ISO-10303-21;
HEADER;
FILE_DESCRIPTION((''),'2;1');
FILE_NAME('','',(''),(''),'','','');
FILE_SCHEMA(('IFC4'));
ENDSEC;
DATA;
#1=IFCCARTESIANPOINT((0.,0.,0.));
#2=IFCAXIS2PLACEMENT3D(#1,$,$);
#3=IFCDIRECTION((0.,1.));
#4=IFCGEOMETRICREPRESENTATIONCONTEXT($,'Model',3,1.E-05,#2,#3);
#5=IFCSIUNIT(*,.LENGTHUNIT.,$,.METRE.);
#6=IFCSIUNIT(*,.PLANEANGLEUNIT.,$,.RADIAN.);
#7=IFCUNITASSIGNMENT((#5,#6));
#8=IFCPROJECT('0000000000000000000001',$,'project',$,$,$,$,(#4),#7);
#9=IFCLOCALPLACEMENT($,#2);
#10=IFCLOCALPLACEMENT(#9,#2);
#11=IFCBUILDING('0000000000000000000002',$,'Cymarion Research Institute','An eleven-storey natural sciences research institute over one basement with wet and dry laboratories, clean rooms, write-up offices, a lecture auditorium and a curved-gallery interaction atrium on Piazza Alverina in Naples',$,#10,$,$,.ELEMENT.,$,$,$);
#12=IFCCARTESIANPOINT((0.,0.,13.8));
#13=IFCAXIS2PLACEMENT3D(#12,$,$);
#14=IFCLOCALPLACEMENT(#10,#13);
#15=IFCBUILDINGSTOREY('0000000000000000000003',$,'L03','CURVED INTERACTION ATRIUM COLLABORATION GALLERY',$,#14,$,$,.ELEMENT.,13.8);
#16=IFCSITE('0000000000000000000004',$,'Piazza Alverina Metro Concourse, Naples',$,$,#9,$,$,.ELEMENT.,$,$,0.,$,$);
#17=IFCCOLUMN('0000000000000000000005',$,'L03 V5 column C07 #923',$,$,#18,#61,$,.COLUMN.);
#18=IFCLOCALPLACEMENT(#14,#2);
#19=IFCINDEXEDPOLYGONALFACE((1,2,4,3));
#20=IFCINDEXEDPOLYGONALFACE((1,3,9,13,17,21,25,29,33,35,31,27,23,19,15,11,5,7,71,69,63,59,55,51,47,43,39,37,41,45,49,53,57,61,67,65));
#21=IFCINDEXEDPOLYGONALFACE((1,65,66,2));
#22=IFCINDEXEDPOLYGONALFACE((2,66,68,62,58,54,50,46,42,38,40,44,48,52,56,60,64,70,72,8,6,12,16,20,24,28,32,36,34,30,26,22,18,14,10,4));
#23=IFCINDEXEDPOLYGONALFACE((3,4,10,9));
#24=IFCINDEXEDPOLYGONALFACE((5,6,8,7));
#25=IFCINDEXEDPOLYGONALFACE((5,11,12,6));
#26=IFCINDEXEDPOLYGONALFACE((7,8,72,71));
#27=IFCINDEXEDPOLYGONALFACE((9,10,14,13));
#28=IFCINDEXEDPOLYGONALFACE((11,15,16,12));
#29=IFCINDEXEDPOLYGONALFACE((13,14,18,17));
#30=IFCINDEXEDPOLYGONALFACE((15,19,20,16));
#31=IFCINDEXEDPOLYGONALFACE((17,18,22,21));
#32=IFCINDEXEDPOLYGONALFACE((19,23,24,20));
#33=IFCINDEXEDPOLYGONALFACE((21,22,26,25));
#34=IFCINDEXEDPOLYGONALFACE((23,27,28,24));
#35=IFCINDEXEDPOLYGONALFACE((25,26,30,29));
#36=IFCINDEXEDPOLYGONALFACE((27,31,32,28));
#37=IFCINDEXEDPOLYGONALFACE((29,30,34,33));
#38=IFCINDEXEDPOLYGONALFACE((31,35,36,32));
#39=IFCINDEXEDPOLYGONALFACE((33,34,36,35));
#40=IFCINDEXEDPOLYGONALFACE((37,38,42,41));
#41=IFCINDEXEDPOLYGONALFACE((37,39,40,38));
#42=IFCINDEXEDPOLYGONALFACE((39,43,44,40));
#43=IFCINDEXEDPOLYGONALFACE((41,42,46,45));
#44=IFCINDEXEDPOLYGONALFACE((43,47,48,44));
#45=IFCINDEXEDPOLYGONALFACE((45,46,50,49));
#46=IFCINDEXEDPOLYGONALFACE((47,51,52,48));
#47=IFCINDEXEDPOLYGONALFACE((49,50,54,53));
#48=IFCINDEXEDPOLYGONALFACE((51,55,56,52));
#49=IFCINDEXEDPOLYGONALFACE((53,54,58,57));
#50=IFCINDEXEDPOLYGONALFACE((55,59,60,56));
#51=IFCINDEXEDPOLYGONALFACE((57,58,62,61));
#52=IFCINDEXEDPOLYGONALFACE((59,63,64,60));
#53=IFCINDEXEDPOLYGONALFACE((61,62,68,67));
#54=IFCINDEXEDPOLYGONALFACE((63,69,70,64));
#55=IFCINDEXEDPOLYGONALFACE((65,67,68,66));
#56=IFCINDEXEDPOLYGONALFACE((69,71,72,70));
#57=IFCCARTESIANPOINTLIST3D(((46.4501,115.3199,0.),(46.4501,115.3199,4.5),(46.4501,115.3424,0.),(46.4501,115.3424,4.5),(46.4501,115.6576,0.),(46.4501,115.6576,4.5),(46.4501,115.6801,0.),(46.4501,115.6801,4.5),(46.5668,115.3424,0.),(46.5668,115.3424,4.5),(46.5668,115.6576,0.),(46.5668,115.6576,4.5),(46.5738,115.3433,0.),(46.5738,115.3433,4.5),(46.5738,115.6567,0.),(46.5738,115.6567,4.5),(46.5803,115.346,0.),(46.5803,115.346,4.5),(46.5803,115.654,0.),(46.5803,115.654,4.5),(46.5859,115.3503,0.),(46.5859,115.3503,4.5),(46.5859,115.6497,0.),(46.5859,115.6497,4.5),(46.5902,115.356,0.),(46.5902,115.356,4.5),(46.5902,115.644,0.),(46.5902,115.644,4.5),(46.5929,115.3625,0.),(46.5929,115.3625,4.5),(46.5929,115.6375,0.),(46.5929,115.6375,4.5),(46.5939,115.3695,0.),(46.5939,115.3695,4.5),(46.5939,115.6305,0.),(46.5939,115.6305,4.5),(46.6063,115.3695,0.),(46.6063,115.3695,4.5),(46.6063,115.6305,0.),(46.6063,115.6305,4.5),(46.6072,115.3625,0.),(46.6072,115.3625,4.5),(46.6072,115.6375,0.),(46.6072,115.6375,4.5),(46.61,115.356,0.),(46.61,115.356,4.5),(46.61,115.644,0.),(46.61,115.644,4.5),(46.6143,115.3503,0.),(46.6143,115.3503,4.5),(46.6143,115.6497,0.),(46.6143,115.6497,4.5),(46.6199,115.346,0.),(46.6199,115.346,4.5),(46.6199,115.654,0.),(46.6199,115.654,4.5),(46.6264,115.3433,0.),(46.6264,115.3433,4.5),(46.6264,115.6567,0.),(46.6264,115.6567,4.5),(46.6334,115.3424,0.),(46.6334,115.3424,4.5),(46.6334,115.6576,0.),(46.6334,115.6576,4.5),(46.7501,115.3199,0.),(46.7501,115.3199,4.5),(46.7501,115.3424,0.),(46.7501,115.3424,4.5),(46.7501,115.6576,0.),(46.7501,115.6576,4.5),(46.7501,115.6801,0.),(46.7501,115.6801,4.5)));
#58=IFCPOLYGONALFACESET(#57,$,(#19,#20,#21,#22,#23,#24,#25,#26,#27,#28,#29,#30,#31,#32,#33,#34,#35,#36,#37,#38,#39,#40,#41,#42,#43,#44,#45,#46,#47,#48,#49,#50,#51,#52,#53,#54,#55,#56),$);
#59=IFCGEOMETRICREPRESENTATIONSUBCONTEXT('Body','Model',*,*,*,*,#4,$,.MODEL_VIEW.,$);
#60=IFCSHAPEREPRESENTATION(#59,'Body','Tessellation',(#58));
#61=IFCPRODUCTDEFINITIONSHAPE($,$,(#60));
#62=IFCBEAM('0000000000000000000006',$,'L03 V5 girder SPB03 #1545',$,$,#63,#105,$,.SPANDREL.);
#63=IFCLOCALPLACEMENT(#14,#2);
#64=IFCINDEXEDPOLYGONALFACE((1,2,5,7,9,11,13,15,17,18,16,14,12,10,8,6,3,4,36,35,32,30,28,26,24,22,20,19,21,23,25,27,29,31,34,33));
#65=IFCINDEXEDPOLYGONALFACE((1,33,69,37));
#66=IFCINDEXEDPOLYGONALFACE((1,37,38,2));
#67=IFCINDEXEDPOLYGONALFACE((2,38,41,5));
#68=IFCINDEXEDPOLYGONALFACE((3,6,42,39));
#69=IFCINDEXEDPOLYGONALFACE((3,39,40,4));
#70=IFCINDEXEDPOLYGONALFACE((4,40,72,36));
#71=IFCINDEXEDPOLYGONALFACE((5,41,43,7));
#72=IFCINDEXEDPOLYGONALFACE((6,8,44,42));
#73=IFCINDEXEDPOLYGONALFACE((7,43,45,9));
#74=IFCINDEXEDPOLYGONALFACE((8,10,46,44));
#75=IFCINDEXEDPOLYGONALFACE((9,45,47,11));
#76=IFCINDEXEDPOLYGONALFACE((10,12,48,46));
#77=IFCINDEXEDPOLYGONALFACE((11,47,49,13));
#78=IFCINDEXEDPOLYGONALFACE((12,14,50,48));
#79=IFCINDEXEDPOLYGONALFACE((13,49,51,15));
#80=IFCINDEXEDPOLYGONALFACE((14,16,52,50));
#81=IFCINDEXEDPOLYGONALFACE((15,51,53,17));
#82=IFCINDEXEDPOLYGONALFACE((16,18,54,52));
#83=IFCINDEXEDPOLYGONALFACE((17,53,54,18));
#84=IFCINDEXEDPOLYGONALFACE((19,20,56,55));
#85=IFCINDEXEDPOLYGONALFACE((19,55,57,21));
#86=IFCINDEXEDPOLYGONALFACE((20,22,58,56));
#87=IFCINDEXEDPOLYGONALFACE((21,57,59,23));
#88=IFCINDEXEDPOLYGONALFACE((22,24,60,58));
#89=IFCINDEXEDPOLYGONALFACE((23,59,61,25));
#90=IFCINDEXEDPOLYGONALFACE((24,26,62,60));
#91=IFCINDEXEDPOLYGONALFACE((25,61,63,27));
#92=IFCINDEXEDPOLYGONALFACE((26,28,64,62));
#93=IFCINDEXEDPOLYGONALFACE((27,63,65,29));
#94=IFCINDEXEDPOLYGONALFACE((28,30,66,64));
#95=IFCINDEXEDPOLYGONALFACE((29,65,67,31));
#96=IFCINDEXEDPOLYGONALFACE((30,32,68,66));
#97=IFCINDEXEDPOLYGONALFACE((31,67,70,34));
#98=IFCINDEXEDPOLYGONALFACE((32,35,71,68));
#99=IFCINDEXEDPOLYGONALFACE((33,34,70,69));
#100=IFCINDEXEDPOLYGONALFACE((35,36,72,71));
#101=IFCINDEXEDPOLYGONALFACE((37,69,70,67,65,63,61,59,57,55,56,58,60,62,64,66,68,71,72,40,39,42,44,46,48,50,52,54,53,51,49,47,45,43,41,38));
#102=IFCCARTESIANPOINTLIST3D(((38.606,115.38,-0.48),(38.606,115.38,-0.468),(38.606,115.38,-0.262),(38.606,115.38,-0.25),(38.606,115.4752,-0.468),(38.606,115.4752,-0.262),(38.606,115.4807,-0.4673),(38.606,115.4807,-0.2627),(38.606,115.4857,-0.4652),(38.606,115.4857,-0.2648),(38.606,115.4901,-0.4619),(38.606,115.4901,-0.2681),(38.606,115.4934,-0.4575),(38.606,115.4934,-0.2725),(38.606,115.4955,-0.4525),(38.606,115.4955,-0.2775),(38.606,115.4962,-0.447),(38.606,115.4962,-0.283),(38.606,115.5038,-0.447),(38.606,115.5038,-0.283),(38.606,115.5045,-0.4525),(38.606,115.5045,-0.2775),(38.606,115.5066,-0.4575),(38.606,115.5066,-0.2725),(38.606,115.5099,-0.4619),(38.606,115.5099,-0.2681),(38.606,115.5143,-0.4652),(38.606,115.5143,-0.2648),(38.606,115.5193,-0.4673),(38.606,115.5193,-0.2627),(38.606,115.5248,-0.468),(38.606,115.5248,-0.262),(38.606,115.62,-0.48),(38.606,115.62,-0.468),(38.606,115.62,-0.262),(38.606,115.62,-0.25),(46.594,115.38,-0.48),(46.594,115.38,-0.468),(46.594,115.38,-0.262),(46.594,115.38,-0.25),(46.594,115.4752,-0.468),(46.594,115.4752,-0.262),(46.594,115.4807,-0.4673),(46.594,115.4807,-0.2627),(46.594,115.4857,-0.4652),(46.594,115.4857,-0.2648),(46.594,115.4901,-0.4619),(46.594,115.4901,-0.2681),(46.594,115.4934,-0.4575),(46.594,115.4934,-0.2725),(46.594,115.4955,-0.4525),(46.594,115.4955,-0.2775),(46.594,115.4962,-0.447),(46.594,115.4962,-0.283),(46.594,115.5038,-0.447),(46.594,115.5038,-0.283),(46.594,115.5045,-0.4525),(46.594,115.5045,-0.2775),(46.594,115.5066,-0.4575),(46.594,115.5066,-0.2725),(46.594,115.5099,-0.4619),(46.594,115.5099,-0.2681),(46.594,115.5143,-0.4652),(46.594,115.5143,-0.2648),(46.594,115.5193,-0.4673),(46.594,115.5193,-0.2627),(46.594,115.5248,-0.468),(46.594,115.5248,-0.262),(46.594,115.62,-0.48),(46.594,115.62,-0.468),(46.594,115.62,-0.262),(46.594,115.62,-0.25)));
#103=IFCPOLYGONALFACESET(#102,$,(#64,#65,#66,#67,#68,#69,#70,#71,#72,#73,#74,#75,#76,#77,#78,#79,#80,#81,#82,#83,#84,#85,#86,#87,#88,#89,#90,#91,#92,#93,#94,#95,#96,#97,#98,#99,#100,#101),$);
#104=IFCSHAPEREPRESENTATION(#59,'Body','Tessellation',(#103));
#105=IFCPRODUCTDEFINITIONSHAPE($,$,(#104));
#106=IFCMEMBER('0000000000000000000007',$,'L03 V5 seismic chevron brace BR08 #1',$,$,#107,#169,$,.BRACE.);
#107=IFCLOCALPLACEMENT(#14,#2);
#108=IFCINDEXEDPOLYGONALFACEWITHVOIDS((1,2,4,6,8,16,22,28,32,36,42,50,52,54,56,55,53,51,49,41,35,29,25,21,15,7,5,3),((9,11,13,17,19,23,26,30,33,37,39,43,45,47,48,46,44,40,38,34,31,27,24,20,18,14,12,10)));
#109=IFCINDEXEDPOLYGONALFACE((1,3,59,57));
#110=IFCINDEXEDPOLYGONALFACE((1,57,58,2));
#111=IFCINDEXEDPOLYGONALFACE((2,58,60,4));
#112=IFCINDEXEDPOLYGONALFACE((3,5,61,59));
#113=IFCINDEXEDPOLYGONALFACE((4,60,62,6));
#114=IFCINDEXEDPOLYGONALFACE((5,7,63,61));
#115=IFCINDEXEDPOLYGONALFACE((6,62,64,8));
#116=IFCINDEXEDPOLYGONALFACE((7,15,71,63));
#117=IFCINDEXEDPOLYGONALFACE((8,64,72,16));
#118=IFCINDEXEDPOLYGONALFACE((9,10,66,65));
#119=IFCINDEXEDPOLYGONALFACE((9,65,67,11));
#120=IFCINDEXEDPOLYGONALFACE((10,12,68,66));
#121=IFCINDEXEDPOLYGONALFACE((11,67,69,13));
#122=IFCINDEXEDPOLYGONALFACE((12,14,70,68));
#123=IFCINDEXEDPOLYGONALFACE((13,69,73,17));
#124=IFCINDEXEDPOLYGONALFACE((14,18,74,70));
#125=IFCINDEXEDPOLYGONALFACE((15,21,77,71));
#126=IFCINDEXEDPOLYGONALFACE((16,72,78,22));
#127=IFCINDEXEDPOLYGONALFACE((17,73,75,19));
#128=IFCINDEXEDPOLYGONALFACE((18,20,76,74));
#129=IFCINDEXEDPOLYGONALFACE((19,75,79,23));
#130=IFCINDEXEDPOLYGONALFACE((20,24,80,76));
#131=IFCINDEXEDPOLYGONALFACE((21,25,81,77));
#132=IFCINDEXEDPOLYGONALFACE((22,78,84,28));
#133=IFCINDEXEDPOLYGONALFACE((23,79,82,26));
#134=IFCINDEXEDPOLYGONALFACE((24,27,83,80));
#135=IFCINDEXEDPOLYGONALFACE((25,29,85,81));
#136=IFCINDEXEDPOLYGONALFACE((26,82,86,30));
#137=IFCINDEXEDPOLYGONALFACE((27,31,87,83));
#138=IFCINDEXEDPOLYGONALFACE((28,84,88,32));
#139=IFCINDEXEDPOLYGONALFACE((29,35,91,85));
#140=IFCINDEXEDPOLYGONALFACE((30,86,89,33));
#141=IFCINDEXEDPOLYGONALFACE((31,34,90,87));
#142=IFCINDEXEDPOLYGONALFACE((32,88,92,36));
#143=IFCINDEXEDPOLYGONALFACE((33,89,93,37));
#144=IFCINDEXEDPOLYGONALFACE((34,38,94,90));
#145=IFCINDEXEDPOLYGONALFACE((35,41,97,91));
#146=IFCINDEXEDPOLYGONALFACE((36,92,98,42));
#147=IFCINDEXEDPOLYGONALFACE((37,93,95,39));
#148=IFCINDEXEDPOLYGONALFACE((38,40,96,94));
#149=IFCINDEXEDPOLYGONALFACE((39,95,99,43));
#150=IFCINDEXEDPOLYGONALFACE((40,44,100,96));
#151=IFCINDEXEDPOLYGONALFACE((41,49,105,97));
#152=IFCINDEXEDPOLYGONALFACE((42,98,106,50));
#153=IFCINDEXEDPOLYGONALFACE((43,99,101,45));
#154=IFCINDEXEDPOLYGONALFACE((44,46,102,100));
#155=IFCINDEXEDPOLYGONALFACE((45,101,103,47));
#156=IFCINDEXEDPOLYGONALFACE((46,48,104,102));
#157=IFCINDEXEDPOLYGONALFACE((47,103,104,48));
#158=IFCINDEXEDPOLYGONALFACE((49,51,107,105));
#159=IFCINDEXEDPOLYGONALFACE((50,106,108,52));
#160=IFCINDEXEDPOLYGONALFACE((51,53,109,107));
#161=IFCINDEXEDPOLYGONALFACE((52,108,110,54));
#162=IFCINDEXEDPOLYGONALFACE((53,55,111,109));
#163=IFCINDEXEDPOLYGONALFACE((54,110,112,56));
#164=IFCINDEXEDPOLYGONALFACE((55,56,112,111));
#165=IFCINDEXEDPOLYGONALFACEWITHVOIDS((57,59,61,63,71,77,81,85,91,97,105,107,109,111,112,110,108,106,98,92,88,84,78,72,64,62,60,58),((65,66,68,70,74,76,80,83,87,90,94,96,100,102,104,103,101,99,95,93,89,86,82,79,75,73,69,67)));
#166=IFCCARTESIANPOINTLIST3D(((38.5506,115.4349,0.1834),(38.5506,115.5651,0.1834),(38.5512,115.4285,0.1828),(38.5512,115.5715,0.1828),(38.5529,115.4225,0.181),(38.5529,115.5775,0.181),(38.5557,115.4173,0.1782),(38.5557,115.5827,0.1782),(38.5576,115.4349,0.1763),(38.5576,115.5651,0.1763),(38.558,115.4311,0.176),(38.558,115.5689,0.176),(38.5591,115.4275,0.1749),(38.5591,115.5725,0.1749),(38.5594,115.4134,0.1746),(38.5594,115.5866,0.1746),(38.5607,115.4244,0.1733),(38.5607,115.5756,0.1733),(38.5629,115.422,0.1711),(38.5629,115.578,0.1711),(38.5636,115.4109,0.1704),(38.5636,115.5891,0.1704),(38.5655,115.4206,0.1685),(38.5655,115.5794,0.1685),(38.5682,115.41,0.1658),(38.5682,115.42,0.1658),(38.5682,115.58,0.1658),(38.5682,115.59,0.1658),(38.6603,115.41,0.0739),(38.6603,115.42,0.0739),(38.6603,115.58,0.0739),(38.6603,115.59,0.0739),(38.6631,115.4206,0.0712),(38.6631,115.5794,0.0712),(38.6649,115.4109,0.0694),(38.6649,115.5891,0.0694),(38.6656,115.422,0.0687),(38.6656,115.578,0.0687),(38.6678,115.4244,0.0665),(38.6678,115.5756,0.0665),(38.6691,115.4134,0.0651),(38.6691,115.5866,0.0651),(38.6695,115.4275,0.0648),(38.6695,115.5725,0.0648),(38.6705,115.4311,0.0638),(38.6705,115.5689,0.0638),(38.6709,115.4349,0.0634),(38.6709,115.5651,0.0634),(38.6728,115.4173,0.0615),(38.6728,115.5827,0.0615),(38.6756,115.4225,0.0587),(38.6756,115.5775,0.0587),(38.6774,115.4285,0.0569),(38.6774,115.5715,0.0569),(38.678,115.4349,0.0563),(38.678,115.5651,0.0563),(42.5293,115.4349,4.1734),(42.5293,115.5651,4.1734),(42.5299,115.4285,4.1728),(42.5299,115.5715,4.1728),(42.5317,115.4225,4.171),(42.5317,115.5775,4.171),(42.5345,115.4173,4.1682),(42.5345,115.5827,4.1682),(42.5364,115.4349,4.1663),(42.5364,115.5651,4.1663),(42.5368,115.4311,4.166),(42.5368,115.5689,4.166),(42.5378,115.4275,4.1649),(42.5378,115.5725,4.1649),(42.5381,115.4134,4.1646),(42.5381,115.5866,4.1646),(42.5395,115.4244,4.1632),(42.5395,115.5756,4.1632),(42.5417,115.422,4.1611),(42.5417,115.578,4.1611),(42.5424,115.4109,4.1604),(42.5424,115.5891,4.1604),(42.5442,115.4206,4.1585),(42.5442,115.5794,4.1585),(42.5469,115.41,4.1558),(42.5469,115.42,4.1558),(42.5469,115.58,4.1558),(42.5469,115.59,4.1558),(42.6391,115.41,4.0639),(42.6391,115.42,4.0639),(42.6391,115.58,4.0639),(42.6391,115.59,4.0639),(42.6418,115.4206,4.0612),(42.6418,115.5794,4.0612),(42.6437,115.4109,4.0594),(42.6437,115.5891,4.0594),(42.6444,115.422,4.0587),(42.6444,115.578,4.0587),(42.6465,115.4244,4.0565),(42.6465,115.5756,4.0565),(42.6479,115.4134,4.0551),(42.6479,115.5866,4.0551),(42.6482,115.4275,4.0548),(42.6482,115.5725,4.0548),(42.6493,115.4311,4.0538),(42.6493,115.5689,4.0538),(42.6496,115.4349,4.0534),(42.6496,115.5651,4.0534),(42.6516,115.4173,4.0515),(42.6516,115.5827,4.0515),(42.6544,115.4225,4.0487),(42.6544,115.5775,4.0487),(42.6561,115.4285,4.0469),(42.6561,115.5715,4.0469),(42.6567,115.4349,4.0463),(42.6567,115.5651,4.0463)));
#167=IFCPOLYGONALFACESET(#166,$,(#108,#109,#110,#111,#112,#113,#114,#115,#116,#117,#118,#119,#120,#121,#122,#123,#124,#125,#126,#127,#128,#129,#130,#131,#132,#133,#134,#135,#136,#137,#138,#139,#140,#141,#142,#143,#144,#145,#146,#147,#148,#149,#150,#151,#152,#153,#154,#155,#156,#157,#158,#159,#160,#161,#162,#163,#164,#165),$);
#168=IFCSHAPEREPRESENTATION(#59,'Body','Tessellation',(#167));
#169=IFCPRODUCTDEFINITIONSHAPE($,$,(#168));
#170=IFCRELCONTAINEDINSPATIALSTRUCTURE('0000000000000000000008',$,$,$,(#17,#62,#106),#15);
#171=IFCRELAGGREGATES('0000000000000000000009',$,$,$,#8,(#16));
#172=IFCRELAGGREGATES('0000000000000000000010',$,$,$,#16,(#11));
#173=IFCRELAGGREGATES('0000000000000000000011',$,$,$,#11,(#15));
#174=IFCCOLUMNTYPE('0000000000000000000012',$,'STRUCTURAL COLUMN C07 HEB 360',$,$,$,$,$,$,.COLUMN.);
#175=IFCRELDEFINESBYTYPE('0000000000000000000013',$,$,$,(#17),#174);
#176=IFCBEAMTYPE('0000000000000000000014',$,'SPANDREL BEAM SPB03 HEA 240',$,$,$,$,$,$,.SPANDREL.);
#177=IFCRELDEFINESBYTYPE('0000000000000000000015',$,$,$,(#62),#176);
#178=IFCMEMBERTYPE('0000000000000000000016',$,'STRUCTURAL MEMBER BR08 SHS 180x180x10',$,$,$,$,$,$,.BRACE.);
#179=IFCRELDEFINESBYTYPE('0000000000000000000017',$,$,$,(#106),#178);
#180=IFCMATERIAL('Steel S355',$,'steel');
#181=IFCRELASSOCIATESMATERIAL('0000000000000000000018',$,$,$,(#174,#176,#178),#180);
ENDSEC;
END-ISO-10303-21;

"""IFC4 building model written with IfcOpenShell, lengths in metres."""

from ifc_helpers import new_model, si_unit, direction, frame, origin, origin_2d, place, context, subcontext, project, spatial, hollow_rectangle, i_section, extrude, material, material_profile, profile_set, type_object, element, save


model = new_model("IFC4")

# Units and contexts
model_context = context("Model", 3, precision=1e-05, world=origin(), true_north=direction((0.0, 1.0)))
body_context = subcontext(model_context, "Body", "Model", "MODEL_VIEW")
ifc_project = project(units=[si_unit("LENGTHUNIT", "METRE"), si_unit("PLANEANGLEUNIT", "RADIAN")], contexts=[model_context])

# Site, building, storey
site_placement = place(None, origin())
site = spatial("IfcSite", under=ifc_project, at=site_placement, Name="Piazza Alverina Metro Concourse, Naples", CompositionType="ELEMENT", RefElevation=0.0)
building_placement = place(site_placement, origin())
building = spatial("IfcBuilding", under=site, at=building_placement, Name="Cymarion Research Institute", Description="An eleven-storey natural sciences research institute over one basement with wet and dry laboratories, clean rooms, write-up offices, a lecture auditorium and a curved-gallery interaction atrium on Piazza Alverina in Naples", CompositionType="ELEMENT")
storey_placement = place(building_placement, frame((0.0, 0.0, 13.8)))
storey = spatial("IfcBuildingStorey", under=building, at=storey_placement, Name="L03", Description="CURVED INTERACTION ATRIUM COLLABORATION GALLERY", CompositionType="ELEMENT", Elevation=13.8)

# Column
ifc_material_1 = material(Name="Steel S355", Category="steel")
ifc_material_profile_1 = material_profile(ifc_material_1, i_section(OverallWidth=0.3, OverallDepth=0.3601, WebThickness=0.0125, FlangeThickness=0.0225, FilletRadius=0.0271, at=origin_2d()), Name="HEB 360")
ifc_profile_set_1 = profile_set([ifc_material_profile_1], Name="Steel S355")
column_type = type_object("IfcColumnType", Name="STRUCTURAL COLUMN C07 HEB 360", PredefinedType="COLUMN", material=ifc_profile_set_1)
column_placement = place(storey_placement, frame((46.6001, 115.5, 0.0), z_axis=(0.0, 0.0, 1.0), x_axis=(1.0, 0.0, 0.0)))
element("IfcColumn", 1, at=column_placement, inside=storey, type_object=column_type, Name="L03 V5 column C07 #923", PredefinedType="COLUMN", context=body_context, shape_type="SweptSolid", body=[
    extrude(i_section(OverallWidth=0.3, OverallDepth=0.3601, WebThickness=0.0125, FlangeThickness=0.0225, FilletRadius=0.0271, at=origin_2d()), origin(), (0.0, 0.0, 1.0), 4.5),
])

# Beam
ifc_material_profile_2 = material_profile(ifc_material_1, i_section(OverallWidth=0.24, OverallDepth=0.23, WebThickness=0.0076, FlangeThickness=0.012, FilletRadius=0.021, at=origin_2d()), Name="HEA 240")
ifc_profile_set_2 = profile_set([ifc_material_profile_2], Name="Steel S355")
beam_type = type_object("IfcBeamType", Name="SPANDREL BEAM SPB03 HEA 240", PredefinedType="SPANDREL", material=ifc_profile_set_2)
beam_placement = place(storey_placement, frame((38.606, 115.5, -0.365), z_axis=(1.0, 0.0, 0.0), x_axis=(0.0, 1.0, 0.0)))
element("IfcBeam", 2, at=beam_placement, inside=storey, type_object=beam_type, Name="L03 V5 girder SPB03 #1545", PredefinedType="SPANDREL", context=body_context, shape_type="SweptSolid", body=[
    extrude(i_section(OverallWidth=0.24, OverallDepth=0.23, WebThickness=0.0076, FlangeThickness=0.012, FilletRadius=0.021, at=origin_2d()), origin(), (0.0, 0.0, 1.0), 7.988),
])

# Member
ifc_material_profile_3 = material_profile(ifc_material_1, hollow_rectangle(XDim=0.1799, YDim=0.1799, WallThickness=0.01, InnerFilletRadius=0.0149, OuterFilletRadius=0.0249, at=origin_2d()), Name="SHS 180x180x10")
ifc_profile_set_3 = profile_set([ifc_material_profile_3], Name="Steel S355")
member_type = type_object("IfcMemberType", Name="STRUCTURAL MEMBER BR08 SHS 180x180x10", PredefinedType="BRACE", material=ifc_profile_set_3)
member_1_placement = place(storey_placement, frame((38.6143, 115.5, 0.1199), z_axis=(0.70611, 0.0, 0.708103), x_axis=(0.0, 1.0, 0.0)))
element("IfcMember", 3, at=member_1_placement, inside=storey, type_object=member_type, Name="L03 V5 seismic chevron brace BR08 #1", PredefinedType="BRACE", context=body_context, shape_type="SweptSolid", body=[
    extrude(hollow_rectangle(XDim=0.1799, YDim=0.1799, WallThickness=0.01, InnerFilletRadius=0.0149, OuterFilletRadius=0.0249, at=origin_2d()), origin(), (0.0, 0.0, 1.0), 5.6348),
])

save(model, "model.ifc")
